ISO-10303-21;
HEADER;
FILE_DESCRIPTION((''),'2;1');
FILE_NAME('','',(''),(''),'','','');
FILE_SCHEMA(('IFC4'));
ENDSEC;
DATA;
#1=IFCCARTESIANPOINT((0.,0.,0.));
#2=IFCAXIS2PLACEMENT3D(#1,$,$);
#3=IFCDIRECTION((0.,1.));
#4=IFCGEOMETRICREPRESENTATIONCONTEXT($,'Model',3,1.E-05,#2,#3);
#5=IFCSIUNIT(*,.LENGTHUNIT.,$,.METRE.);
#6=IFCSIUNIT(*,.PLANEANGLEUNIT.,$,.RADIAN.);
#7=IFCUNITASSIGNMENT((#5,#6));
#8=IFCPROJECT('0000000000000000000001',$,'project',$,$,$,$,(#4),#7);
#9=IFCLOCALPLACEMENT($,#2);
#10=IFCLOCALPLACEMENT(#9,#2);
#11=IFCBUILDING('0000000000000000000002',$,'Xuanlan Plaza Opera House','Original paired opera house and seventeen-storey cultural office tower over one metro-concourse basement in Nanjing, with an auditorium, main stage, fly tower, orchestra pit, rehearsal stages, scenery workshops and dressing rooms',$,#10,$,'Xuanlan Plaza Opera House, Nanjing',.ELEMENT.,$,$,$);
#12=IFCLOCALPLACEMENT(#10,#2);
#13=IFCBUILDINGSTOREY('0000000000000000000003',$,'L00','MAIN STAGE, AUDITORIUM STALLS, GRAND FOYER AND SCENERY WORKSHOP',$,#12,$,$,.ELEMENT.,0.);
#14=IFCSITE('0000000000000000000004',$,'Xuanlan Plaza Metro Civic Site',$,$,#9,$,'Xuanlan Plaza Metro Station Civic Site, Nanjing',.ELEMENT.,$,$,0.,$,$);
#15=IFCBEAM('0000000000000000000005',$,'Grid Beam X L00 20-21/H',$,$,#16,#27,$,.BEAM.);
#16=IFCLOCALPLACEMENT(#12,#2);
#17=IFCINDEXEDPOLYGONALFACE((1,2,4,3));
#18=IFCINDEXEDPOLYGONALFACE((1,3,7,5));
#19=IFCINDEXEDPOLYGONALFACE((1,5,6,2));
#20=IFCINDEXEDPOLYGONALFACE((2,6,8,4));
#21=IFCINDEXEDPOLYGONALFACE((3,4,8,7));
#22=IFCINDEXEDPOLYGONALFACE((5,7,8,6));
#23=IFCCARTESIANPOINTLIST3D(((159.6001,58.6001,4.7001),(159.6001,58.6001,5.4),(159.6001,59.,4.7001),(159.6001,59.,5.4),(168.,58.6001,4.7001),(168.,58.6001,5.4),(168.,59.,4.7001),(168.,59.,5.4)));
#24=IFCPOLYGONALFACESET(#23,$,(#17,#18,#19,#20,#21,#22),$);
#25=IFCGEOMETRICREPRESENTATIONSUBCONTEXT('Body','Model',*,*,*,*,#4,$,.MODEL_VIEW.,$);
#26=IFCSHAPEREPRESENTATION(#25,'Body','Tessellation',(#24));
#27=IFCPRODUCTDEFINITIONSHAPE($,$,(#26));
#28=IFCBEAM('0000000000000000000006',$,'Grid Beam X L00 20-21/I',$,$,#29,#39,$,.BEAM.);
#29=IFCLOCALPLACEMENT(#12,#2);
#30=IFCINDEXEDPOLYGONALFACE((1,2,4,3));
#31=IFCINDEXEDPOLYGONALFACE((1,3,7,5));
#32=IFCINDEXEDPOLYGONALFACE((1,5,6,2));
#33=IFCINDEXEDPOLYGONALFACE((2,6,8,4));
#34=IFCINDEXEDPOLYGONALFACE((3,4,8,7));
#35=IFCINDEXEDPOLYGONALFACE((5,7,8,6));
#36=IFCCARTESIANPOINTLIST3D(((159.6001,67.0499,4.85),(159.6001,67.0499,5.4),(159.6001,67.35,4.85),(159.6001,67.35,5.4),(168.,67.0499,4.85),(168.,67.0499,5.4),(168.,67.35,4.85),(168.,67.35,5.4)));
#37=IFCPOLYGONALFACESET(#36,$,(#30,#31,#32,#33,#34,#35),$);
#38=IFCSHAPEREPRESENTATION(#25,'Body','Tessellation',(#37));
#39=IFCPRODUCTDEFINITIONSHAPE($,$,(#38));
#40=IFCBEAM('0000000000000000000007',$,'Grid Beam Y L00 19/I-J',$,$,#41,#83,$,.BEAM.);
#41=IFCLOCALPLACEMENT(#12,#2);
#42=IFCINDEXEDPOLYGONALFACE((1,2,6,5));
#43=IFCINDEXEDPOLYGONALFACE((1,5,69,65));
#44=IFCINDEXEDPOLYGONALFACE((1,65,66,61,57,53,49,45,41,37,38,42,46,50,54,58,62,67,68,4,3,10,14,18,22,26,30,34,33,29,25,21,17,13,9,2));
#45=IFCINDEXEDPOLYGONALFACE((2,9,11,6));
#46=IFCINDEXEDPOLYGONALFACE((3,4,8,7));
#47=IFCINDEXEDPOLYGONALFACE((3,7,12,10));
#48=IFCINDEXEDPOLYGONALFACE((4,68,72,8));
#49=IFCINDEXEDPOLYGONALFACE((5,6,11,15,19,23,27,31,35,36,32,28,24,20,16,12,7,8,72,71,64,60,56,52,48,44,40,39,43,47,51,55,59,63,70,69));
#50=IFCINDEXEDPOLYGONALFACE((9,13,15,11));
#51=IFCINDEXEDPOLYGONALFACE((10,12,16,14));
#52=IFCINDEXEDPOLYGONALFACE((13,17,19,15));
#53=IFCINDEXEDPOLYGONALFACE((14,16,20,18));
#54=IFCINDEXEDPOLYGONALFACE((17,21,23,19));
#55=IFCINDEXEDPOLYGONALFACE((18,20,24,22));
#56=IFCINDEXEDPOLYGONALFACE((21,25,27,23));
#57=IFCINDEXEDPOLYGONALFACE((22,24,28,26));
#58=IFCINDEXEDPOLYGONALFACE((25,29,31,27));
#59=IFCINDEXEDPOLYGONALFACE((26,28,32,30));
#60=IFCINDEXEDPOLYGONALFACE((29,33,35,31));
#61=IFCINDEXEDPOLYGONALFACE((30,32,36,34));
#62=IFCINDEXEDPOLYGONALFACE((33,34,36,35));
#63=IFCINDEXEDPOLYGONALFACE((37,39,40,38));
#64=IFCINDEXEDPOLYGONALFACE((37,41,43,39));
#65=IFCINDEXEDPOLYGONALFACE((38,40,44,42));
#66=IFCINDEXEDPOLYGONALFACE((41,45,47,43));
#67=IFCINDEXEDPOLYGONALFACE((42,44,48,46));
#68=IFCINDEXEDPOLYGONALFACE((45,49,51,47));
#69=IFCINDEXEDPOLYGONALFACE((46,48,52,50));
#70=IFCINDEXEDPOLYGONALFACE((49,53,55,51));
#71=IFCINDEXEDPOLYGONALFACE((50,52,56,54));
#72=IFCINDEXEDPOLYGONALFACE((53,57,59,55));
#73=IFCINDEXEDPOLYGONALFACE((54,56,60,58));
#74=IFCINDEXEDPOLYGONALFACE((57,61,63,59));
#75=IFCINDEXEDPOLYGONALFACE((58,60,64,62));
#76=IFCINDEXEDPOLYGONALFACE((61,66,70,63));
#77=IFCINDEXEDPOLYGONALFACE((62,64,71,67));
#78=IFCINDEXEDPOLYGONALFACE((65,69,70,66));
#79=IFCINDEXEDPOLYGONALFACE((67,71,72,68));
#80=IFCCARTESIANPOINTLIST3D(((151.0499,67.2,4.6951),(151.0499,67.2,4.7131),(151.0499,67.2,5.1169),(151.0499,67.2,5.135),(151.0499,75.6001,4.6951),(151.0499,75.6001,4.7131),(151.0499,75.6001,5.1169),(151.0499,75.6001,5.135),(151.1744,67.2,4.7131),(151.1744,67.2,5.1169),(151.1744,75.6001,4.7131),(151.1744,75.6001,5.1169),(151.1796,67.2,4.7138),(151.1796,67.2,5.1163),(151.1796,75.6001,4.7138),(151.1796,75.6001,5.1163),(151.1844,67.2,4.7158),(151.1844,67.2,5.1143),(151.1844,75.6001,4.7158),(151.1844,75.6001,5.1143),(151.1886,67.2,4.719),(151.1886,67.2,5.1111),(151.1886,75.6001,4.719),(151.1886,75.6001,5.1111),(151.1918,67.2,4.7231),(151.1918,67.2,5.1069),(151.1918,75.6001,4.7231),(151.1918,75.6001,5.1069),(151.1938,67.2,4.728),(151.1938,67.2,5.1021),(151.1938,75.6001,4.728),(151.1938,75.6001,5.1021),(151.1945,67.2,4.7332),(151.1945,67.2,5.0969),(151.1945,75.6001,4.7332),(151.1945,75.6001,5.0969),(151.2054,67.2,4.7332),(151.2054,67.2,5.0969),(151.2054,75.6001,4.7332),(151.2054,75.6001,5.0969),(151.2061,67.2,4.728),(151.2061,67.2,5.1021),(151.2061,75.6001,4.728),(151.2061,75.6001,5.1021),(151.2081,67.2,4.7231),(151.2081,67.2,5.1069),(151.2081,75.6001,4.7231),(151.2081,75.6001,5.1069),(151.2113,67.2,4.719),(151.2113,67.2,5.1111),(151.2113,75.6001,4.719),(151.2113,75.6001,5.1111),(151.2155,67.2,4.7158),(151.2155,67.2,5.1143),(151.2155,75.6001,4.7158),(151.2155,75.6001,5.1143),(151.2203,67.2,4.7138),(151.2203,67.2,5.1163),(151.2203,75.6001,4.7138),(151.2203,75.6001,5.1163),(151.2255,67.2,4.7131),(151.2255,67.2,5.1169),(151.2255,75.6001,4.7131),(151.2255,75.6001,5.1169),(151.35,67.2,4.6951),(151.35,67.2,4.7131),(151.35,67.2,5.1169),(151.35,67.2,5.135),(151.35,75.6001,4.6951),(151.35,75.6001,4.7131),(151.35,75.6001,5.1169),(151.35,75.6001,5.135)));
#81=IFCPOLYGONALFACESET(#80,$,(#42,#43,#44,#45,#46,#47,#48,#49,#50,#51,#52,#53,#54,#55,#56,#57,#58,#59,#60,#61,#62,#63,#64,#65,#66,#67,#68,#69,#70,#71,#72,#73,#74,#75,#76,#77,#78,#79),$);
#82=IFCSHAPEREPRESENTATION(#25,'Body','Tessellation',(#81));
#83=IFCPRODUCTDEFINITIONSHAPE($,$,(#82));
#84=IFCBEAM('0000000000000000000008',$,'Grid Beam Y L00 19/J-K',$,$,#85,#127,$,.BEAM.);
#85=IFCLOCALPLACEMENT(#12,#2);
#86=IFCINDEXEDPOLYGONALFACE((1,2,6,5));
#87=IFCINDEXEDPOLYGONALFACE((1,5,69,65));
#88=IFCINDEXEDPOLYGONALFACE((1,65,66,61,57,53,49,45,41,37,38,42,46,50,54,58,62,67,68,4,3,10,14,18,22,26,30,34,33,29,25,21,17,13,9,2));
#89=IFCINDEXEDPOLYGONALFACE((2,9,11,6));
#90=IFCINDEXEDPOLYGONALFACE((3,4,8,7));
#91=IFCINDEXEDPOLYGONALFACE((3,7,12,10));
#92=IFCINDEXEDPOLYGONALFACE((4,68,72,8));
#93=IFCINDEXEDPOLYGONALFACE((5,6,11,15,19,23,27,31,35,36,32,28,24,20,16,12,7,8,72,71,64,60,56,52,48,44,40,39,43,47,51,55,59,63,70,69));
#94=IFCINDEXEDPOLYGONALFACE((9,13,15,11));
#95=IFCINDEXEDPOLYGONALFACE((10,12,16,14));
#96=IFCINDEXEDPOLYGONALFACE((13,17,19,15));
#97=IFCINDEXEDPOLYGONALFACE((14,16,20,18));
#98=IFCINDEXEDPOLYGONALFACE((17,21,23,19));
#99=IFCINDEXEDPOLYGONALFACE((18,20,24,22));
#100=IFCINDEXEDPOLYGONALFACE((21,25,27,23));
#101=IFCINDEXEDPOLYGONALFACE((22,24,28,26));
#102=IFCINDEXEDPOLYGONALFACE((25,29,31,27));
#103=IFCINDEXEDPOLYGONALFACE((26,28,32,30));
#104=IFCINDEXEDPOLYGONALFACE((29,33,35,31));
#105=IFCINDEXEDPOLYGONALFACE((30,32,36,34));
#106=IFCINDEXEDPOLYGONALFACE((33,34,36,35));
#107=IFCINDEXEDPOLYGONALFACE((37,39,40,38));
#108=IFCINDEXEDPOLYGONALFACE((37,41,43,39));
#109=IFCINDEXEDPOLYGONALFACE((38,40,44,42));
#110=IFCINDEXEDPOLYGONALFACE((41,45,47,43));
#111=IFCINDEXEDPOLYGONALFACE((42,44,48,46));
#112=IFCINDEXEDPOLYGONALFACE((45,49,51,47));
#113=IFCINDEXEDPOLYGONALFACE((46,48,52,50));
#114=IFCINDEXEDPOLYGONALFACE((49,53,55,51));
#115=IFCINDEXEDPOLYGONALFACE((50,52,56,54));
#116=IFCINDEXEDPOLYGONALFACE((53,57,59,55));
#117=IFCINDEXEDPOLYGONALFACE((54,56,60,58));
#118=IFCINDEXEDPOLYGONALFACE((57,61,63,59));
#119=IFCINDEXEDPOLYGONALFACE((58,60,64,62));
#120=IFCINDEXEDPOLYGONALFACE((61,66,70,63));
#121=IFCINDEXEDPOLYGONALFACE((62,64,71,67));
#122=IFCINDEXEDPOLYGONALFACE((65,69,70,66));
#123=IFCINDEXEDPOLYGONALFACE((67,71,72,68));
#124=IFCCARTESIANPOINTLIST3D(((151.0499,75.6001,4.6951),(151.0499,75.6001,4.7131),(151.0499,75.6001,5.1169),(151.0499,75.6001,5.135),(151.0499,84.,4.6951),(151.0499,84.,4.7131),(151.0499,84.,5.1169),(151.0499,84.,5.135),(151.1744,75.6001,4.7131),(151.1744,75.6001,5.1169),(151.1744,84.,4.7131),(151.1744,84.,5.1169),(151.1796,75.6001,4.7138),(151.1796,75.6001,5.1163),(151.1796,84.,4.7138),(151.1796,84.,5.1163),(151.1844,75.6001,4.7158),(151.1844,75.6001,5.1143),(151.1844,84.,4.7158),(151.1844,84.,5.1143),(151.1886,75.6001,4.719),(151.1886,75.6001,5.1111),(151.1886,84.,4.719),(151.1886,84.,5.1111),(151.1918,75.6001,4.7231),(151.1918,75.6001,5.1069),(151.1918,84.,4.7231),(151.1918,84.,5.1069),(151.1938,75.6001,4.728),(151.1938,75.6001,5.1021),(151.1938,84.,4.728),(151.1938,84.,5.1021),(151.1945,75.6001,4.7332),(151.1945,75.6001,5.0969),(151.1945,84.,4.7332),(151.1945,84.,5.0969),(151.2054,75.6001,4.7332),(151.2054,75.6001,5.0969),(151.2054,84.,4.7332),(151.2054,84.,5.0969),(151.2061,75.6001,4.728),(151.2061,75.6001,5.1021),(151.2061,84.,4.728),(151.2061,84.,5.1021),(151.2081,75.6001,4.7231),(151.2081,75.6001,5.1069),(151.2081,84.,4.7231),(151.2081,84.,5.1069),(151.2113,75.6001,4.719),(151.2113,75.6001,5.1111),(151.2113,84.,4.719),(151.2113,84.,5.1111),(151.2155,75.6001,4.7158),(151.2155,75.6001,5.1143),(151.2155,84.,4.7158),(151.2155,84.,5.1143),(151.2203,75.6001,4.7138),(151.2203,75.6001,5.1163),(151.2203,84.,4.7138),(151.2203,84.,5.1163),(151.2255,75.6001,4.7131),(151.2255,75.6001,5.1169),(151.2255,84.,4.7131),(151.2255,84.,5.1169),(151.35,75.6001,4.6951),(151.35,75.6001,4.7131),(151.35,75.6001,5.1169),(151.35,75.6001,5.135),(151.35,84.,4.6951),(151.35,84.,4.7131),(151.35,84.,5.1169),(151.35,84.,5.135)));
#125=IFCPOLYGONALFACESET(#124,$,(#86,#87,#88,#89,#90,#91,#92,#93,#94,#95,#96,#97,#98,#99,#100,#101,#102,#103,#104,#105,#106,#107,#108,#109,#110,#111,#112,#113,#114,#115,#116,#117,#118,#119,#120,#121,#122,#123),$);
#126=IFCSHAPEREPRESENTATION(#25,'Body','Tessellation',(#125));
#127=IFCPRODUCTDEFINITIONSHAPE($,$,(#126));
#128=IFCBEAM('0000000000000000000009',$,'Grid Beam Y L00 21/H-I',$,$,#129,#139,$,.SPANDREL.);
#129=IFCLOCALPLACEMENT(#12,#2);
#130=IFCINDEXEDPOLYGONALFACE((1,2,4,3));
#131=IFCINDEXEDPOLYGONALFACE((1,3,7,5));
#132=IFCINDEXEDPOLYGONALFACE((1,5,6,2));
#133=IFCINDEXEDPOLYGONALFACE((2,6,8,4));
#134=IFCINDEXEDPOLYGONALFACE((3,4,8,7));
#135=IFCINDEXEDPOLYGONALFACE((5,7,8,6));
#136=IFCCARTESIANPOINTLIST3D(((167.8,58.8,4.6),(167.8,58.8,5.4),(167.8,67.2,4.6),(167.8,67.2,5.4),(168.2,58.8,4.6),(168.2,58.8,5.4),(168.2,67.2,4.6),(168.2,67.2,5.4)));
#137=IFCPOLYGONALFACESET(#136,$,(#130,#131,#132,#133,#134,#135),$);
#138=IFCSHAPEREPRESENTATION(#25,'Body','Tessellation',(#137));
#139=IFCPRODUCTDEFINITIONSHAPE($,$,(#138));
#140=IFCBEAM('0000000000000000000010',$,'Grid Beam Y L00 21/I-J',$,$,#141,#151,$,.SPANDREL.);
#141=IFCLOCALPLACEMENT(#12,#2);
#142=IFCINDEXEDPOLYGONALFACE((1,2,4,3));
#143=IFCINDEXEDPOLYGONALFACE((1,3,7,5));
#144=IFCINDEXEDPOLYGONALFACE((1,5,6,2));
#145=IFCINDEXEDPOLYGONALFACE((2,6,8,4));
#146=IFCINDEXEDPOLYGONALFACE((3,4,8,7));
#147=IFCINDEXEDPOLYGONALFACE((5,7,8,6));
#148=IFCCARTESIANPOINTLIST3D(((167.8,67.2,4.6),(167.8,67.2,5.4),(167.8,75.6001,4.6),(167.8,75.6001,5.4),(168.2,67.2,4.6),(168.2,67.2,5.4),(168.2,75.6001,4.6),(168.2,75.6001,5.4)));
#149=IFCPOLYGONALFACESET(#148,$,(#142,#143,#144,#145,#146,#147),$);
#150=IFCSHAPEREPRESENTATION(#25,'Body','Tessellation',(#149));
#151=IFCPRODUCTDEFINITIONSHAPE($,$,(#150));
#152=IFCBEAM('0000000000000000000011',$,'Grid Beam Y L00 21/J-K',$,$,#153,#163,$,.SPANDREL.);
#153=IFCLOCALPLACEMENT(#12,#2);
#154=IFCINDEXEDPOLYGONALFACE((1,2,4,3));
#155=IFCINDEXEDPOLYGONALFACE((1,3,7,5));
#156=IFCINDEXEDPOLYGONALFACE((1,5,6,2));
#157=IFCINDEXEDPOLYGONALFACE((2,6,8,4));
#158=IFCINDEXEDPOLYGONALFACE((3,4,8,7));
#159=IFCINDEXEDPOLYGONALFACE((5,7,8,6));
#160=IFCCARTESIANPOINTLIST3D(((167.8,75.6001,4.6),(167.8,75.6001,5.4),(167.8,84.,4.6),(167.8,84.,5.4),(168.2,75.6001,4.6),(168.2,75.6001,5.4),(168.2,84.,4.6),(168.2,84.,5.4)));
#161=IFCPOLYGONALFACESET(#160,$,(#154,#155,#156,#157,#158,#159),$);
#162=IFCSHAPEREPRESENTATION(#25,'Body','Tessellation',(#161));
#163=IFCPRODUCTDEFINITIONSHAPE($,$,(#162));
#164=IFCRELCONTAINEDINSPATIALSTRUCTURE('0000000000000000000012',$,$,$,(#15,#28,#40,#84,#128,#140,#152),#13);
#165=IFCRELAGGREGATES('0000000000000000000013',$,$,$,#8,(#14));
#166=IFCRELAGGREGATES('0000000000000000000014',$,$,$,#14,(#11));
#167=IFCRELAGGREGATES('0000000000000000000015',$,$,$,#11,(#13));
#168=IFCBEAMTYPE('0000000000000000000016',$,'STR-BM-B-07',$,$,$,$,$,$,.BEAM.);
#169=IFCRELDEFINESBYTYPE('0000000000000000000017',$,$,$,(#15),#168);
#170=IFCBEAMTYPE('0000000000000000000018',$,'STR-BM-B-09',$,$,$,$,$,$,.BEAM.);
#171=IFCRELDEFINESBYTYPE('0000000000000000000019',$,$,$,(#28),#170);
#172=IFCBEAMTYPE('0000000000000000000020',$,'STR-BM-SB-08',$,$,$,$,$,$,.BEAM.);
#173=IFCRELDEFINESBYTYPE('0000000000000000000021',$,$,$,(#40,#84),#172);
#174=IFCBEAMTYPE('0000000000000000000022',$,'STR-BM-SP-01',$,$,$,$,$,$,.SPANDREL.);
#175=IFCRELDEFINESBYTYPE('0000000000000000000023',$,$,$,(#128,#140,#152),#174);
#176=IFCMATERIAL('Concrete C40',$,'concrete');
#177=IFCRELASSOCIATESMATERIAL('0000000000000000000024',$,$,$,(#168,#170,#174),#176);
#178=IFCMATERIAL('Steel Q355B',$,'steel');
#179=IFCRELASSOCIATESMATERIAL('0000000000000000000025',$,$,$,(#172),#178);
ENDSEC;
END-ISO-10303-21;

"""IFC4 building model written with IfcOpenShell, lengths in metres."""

from ifc_helpers import new_model, si_unit, direction, frame, origin, origin_2d, place, context, subcontext, project, spatial, rectangle, i_section, extrude, material, material_profile, profile_set, type_object, element, save


model = new_model("IFC4")

# Units and contexts
model_context = context("Model", 3, precision=1e-05, world=origin(), true_north=direction((0.0, 1.0)))
body_context = subcontext(model_context, "Body", "Model", "MODEL_VIEW")
ifc_project = project(units=[si_unit("LENGTHUNIT", "METRE"), si_unit("PLANEANGLEUNIT", "RADIAN")], contexts=[model_context])

# Site, building, storey
site_placement = place(None, origin())
site = spatial("IfcSite", under=ifc_project, at=site_placement, Name="Xuanlan Plaza Metro Civic Site", LongName="Xuanlan Plaza Metro Station Civic Site, Nanjing", CompositionType="ELEMENT", RefElevation=0.0)
building_placement = place(site_placement, origin())
building = spatial("IfcBuilding", under=site, at=building_placement, Name="Xuanlan Plaza Opera House", Description="Original paired opera house and seventeen-storey cultural office tower over one metro-concourse basement in Nanjing, with an auditorium, main stage, fly tower, orchestra pit, rehearsal stages, scenery workshops and dressing rooms", LongName="Xuanlan Plaza Opera House, Nanjing", CompositionType="ELEMENT")
storey_placement = place(building_placement, origin())
storey = spatial("IfcBuildingStorey", under=building, at=storey_placement, Name="L00", Description="MAIN STAGE, AUDITORIUM STALLS, GRAND FOYER AND SCENERY WORKSHOP", CompositionType="ELEMENT", Elevation=0.0)

# Beams
ifc_material_1 = material(Name="Concrete C40", Category="concrete")
ifc_material_profile_1 = material_profile(ifc_material_1, rectangle(XDim=0.3999, YDim=0.7, at=origin_2d()), Name="RC-BM 400x700")
ifc_profile_set_1 = profile_set([ifc_material_profile_1], Name="Concrete C40")
beam_type_1 = type_object("IfcBeamType", Name="STR-BM-B-07", PredefinedType="BEAM", material=ifc_profile_set_1)
beam_1_placement = place(storey_placement, frame((159.6001, 58.8, 5.05), z_axis=(1.0, 0.0, 0.0), x_axis=(0.0, 1.0, 0.0)))
element("IfcBeam", 1, at=beam_1_placement, inside=storey, type_object=beam_type_1, Name="Grid Beam X L00 20-21/H", PredefinedType="BEAM", context=body_context, shape_type="SweptSolid", body=[
    extrude(rectangle(XDim=0.3999, YDim=0.7, at=origin_2d()), origin(), (0.0, 0.0, 1.0), 8.3999),
])
ifc_material_profile_2 = material_profile(ifc_material_1, rectangle(XDim=0.3, YDim=0.55, at=origin_2d()), Name="RC-BM 300x550")
ifc_profile_set_2 = profile_set([ifc_material_profile_2], Name="Concrete C40")
beam_type_2 = type_object("IfcBeamType", Name="STR-BM-B-09", PredefinedType="BEAM", material=ifc_profile_set_2)
beam_2_placement = place(storey_placement, frame((159.6001, 67.2, 5.125), z_axis=(1.0, 0.0, 0.0), x_axis=(0.0, 1.0, 0.0)))
element("IfcBeam", 2, at=beam_2_placement, inside=storey, type_object=beam_type_2, Name="Grid Beam X L00 20-21/I", PredefinedType="BEAM", context=body_context, shape_type="SweptSolid", body=[
    extrude(rectangle(XDim=0.3, YDim=0.55, at=origin_2d()), origin(), (0.0, 0.0, 1.0), 8.3999),
])
ifc_material_2 = material(Name="Steel Q355B", Category="steel")
ifc_material_profile_3 = material_profile(ifc_material_2, i_section(OverallWidth=0.3, OverallDepth=0.4399, WebThickness=0.011, FlangeThickness=0.0181, FilletRadius=0.02, at=origin_2d()), Name="HM 440x300x11x18")
ifc_profile_set_3 = profile_set([ifc_material_profile_3], Name="Steel Q355B")
beam_type_3 = type_object("IfcBeamType", Name="STR-BM-SB-08", PredefinedType="BEAM", material=ifc_profile_set_3)
beam_3_placement = place(storey_placement, frame((151.2, 67.2, 4.915), z_axis=(0.0, 1.0, 0.0), x_axis=(-1.0, 0.0, 0.0)))
element("IfcBeam", 3, at=beam_3_placement, inside=storey, type_object=beam_type_3, Name="Grid Beam Y L00 19/I-J", PredefinedType="BEAM", context=body_context, shape_type="SweptSolid", body=[
    extrude(i_section(OverallWidth=0.3, OverallDepth=0.4399, WebThickness=0.011, FlangeThickness=0.0181, FilletRadius=0.02, at=origin_2d()), origin(), (0.0, 0.0, 1.0), 8.4001),
])
beam_4_placement = place(storey_placement, frame((151.2, 75.6001, 4.915), z_axis=(0.0, 1.0, 0.0), x_axis=(-1.0, 0.0, 0.0)))
element("IfcBeam", 4, at=beam_4_placement, inside=storey, type_object=beam_type_3, Name="Grid Beam Y L00 19/J-K", PredefinedType="BEAM", context=body_context, shape_type="SweptSolid", body=[
    extrude(i_section(OverallWidth=0.3, OverallDepth=0.4399, WebThickness=0.011, FlangeThickness=0.0181, FilletRadius=0.02, at=origin_2d()), origin(), (0.0, 0.0, 1.0), 8.3999),
])
ifc_material_profile_4 = material_profile(ifc_material_1, rectangle(XDim=0.3999, YDim=0.8, at=origin_2d()), Name="RC-SPD 400x800")
ifc_profile_set_4 = profile_set([ifc_material_profile_4], Name="Concrete C40")
beam_type_4 = type_object("IfcBeamType", Name="STR-BM-SP-01", PredefinedType="SPANDREL", material=ifc_profile_set_4)
beam_5_placement = place(storey_placement, frame((168.0, 58.8, 5.0), z_axis=(0.0, 1.0, 0.0), x_axis=(-1.0, 0.0, 0.0)))
element("IfcBeam", 5, at=beam_5_placement, inside=storey, type_object=beam_type_4, Name="Grid Beam Y L00 21/H-I", PredefinedType="SPANDREL", context=body_context, shape_type="SweptSolid", body=[
    extrude(rectangle(XDim=0.3999, YDim=0.8, at=origin_2d()), origin(), (0.0, 0.0, 1.0), 8.3999),
])
beam_6_placement = place(storey_placement, frame((168.0, 67.2, 5.0), z_axis=(0.0, 1.0, 0.0), x_axis=(-1.0, 0.0, 0.0)))
element("IfcBeam", 6, at=beam_6_placement, inside=storey, type_object=beam_type_4, Name="Grid Beam Y L00 21/I-J", PredefinedType="SPANDREL", context=body_context, shape_type="SweptSolid", body=[
    extrude(rectangle(XDim=0.3999, YDim=0.8, at=origin_2d()), origin(), (0.0, 0.0, 1.0), 8.4001),
])
beam_7_placement = place(storey_placement, frame((168.0, 75.6001, 5.0), z_axis=(0.0, 1.0, 0.0), x_axis=(-1.0, 0.0, 0.0)))
element("IfcBeam", 7, at=beam_7_placement, inside=storey, type_object=beam_type_4, Name="Grid Beam Y L00 21/J-K", PredefinedType="SPANDREL", context=body_context, shape_type="SweptSolid", body=[
    extrude(rectangle(XDim=0.3999, YDim=0.8, at=origin_2d()), origin(), (0.0, 0.0, 1.0), 8.3999),
])

save(model, "model.ifc")
